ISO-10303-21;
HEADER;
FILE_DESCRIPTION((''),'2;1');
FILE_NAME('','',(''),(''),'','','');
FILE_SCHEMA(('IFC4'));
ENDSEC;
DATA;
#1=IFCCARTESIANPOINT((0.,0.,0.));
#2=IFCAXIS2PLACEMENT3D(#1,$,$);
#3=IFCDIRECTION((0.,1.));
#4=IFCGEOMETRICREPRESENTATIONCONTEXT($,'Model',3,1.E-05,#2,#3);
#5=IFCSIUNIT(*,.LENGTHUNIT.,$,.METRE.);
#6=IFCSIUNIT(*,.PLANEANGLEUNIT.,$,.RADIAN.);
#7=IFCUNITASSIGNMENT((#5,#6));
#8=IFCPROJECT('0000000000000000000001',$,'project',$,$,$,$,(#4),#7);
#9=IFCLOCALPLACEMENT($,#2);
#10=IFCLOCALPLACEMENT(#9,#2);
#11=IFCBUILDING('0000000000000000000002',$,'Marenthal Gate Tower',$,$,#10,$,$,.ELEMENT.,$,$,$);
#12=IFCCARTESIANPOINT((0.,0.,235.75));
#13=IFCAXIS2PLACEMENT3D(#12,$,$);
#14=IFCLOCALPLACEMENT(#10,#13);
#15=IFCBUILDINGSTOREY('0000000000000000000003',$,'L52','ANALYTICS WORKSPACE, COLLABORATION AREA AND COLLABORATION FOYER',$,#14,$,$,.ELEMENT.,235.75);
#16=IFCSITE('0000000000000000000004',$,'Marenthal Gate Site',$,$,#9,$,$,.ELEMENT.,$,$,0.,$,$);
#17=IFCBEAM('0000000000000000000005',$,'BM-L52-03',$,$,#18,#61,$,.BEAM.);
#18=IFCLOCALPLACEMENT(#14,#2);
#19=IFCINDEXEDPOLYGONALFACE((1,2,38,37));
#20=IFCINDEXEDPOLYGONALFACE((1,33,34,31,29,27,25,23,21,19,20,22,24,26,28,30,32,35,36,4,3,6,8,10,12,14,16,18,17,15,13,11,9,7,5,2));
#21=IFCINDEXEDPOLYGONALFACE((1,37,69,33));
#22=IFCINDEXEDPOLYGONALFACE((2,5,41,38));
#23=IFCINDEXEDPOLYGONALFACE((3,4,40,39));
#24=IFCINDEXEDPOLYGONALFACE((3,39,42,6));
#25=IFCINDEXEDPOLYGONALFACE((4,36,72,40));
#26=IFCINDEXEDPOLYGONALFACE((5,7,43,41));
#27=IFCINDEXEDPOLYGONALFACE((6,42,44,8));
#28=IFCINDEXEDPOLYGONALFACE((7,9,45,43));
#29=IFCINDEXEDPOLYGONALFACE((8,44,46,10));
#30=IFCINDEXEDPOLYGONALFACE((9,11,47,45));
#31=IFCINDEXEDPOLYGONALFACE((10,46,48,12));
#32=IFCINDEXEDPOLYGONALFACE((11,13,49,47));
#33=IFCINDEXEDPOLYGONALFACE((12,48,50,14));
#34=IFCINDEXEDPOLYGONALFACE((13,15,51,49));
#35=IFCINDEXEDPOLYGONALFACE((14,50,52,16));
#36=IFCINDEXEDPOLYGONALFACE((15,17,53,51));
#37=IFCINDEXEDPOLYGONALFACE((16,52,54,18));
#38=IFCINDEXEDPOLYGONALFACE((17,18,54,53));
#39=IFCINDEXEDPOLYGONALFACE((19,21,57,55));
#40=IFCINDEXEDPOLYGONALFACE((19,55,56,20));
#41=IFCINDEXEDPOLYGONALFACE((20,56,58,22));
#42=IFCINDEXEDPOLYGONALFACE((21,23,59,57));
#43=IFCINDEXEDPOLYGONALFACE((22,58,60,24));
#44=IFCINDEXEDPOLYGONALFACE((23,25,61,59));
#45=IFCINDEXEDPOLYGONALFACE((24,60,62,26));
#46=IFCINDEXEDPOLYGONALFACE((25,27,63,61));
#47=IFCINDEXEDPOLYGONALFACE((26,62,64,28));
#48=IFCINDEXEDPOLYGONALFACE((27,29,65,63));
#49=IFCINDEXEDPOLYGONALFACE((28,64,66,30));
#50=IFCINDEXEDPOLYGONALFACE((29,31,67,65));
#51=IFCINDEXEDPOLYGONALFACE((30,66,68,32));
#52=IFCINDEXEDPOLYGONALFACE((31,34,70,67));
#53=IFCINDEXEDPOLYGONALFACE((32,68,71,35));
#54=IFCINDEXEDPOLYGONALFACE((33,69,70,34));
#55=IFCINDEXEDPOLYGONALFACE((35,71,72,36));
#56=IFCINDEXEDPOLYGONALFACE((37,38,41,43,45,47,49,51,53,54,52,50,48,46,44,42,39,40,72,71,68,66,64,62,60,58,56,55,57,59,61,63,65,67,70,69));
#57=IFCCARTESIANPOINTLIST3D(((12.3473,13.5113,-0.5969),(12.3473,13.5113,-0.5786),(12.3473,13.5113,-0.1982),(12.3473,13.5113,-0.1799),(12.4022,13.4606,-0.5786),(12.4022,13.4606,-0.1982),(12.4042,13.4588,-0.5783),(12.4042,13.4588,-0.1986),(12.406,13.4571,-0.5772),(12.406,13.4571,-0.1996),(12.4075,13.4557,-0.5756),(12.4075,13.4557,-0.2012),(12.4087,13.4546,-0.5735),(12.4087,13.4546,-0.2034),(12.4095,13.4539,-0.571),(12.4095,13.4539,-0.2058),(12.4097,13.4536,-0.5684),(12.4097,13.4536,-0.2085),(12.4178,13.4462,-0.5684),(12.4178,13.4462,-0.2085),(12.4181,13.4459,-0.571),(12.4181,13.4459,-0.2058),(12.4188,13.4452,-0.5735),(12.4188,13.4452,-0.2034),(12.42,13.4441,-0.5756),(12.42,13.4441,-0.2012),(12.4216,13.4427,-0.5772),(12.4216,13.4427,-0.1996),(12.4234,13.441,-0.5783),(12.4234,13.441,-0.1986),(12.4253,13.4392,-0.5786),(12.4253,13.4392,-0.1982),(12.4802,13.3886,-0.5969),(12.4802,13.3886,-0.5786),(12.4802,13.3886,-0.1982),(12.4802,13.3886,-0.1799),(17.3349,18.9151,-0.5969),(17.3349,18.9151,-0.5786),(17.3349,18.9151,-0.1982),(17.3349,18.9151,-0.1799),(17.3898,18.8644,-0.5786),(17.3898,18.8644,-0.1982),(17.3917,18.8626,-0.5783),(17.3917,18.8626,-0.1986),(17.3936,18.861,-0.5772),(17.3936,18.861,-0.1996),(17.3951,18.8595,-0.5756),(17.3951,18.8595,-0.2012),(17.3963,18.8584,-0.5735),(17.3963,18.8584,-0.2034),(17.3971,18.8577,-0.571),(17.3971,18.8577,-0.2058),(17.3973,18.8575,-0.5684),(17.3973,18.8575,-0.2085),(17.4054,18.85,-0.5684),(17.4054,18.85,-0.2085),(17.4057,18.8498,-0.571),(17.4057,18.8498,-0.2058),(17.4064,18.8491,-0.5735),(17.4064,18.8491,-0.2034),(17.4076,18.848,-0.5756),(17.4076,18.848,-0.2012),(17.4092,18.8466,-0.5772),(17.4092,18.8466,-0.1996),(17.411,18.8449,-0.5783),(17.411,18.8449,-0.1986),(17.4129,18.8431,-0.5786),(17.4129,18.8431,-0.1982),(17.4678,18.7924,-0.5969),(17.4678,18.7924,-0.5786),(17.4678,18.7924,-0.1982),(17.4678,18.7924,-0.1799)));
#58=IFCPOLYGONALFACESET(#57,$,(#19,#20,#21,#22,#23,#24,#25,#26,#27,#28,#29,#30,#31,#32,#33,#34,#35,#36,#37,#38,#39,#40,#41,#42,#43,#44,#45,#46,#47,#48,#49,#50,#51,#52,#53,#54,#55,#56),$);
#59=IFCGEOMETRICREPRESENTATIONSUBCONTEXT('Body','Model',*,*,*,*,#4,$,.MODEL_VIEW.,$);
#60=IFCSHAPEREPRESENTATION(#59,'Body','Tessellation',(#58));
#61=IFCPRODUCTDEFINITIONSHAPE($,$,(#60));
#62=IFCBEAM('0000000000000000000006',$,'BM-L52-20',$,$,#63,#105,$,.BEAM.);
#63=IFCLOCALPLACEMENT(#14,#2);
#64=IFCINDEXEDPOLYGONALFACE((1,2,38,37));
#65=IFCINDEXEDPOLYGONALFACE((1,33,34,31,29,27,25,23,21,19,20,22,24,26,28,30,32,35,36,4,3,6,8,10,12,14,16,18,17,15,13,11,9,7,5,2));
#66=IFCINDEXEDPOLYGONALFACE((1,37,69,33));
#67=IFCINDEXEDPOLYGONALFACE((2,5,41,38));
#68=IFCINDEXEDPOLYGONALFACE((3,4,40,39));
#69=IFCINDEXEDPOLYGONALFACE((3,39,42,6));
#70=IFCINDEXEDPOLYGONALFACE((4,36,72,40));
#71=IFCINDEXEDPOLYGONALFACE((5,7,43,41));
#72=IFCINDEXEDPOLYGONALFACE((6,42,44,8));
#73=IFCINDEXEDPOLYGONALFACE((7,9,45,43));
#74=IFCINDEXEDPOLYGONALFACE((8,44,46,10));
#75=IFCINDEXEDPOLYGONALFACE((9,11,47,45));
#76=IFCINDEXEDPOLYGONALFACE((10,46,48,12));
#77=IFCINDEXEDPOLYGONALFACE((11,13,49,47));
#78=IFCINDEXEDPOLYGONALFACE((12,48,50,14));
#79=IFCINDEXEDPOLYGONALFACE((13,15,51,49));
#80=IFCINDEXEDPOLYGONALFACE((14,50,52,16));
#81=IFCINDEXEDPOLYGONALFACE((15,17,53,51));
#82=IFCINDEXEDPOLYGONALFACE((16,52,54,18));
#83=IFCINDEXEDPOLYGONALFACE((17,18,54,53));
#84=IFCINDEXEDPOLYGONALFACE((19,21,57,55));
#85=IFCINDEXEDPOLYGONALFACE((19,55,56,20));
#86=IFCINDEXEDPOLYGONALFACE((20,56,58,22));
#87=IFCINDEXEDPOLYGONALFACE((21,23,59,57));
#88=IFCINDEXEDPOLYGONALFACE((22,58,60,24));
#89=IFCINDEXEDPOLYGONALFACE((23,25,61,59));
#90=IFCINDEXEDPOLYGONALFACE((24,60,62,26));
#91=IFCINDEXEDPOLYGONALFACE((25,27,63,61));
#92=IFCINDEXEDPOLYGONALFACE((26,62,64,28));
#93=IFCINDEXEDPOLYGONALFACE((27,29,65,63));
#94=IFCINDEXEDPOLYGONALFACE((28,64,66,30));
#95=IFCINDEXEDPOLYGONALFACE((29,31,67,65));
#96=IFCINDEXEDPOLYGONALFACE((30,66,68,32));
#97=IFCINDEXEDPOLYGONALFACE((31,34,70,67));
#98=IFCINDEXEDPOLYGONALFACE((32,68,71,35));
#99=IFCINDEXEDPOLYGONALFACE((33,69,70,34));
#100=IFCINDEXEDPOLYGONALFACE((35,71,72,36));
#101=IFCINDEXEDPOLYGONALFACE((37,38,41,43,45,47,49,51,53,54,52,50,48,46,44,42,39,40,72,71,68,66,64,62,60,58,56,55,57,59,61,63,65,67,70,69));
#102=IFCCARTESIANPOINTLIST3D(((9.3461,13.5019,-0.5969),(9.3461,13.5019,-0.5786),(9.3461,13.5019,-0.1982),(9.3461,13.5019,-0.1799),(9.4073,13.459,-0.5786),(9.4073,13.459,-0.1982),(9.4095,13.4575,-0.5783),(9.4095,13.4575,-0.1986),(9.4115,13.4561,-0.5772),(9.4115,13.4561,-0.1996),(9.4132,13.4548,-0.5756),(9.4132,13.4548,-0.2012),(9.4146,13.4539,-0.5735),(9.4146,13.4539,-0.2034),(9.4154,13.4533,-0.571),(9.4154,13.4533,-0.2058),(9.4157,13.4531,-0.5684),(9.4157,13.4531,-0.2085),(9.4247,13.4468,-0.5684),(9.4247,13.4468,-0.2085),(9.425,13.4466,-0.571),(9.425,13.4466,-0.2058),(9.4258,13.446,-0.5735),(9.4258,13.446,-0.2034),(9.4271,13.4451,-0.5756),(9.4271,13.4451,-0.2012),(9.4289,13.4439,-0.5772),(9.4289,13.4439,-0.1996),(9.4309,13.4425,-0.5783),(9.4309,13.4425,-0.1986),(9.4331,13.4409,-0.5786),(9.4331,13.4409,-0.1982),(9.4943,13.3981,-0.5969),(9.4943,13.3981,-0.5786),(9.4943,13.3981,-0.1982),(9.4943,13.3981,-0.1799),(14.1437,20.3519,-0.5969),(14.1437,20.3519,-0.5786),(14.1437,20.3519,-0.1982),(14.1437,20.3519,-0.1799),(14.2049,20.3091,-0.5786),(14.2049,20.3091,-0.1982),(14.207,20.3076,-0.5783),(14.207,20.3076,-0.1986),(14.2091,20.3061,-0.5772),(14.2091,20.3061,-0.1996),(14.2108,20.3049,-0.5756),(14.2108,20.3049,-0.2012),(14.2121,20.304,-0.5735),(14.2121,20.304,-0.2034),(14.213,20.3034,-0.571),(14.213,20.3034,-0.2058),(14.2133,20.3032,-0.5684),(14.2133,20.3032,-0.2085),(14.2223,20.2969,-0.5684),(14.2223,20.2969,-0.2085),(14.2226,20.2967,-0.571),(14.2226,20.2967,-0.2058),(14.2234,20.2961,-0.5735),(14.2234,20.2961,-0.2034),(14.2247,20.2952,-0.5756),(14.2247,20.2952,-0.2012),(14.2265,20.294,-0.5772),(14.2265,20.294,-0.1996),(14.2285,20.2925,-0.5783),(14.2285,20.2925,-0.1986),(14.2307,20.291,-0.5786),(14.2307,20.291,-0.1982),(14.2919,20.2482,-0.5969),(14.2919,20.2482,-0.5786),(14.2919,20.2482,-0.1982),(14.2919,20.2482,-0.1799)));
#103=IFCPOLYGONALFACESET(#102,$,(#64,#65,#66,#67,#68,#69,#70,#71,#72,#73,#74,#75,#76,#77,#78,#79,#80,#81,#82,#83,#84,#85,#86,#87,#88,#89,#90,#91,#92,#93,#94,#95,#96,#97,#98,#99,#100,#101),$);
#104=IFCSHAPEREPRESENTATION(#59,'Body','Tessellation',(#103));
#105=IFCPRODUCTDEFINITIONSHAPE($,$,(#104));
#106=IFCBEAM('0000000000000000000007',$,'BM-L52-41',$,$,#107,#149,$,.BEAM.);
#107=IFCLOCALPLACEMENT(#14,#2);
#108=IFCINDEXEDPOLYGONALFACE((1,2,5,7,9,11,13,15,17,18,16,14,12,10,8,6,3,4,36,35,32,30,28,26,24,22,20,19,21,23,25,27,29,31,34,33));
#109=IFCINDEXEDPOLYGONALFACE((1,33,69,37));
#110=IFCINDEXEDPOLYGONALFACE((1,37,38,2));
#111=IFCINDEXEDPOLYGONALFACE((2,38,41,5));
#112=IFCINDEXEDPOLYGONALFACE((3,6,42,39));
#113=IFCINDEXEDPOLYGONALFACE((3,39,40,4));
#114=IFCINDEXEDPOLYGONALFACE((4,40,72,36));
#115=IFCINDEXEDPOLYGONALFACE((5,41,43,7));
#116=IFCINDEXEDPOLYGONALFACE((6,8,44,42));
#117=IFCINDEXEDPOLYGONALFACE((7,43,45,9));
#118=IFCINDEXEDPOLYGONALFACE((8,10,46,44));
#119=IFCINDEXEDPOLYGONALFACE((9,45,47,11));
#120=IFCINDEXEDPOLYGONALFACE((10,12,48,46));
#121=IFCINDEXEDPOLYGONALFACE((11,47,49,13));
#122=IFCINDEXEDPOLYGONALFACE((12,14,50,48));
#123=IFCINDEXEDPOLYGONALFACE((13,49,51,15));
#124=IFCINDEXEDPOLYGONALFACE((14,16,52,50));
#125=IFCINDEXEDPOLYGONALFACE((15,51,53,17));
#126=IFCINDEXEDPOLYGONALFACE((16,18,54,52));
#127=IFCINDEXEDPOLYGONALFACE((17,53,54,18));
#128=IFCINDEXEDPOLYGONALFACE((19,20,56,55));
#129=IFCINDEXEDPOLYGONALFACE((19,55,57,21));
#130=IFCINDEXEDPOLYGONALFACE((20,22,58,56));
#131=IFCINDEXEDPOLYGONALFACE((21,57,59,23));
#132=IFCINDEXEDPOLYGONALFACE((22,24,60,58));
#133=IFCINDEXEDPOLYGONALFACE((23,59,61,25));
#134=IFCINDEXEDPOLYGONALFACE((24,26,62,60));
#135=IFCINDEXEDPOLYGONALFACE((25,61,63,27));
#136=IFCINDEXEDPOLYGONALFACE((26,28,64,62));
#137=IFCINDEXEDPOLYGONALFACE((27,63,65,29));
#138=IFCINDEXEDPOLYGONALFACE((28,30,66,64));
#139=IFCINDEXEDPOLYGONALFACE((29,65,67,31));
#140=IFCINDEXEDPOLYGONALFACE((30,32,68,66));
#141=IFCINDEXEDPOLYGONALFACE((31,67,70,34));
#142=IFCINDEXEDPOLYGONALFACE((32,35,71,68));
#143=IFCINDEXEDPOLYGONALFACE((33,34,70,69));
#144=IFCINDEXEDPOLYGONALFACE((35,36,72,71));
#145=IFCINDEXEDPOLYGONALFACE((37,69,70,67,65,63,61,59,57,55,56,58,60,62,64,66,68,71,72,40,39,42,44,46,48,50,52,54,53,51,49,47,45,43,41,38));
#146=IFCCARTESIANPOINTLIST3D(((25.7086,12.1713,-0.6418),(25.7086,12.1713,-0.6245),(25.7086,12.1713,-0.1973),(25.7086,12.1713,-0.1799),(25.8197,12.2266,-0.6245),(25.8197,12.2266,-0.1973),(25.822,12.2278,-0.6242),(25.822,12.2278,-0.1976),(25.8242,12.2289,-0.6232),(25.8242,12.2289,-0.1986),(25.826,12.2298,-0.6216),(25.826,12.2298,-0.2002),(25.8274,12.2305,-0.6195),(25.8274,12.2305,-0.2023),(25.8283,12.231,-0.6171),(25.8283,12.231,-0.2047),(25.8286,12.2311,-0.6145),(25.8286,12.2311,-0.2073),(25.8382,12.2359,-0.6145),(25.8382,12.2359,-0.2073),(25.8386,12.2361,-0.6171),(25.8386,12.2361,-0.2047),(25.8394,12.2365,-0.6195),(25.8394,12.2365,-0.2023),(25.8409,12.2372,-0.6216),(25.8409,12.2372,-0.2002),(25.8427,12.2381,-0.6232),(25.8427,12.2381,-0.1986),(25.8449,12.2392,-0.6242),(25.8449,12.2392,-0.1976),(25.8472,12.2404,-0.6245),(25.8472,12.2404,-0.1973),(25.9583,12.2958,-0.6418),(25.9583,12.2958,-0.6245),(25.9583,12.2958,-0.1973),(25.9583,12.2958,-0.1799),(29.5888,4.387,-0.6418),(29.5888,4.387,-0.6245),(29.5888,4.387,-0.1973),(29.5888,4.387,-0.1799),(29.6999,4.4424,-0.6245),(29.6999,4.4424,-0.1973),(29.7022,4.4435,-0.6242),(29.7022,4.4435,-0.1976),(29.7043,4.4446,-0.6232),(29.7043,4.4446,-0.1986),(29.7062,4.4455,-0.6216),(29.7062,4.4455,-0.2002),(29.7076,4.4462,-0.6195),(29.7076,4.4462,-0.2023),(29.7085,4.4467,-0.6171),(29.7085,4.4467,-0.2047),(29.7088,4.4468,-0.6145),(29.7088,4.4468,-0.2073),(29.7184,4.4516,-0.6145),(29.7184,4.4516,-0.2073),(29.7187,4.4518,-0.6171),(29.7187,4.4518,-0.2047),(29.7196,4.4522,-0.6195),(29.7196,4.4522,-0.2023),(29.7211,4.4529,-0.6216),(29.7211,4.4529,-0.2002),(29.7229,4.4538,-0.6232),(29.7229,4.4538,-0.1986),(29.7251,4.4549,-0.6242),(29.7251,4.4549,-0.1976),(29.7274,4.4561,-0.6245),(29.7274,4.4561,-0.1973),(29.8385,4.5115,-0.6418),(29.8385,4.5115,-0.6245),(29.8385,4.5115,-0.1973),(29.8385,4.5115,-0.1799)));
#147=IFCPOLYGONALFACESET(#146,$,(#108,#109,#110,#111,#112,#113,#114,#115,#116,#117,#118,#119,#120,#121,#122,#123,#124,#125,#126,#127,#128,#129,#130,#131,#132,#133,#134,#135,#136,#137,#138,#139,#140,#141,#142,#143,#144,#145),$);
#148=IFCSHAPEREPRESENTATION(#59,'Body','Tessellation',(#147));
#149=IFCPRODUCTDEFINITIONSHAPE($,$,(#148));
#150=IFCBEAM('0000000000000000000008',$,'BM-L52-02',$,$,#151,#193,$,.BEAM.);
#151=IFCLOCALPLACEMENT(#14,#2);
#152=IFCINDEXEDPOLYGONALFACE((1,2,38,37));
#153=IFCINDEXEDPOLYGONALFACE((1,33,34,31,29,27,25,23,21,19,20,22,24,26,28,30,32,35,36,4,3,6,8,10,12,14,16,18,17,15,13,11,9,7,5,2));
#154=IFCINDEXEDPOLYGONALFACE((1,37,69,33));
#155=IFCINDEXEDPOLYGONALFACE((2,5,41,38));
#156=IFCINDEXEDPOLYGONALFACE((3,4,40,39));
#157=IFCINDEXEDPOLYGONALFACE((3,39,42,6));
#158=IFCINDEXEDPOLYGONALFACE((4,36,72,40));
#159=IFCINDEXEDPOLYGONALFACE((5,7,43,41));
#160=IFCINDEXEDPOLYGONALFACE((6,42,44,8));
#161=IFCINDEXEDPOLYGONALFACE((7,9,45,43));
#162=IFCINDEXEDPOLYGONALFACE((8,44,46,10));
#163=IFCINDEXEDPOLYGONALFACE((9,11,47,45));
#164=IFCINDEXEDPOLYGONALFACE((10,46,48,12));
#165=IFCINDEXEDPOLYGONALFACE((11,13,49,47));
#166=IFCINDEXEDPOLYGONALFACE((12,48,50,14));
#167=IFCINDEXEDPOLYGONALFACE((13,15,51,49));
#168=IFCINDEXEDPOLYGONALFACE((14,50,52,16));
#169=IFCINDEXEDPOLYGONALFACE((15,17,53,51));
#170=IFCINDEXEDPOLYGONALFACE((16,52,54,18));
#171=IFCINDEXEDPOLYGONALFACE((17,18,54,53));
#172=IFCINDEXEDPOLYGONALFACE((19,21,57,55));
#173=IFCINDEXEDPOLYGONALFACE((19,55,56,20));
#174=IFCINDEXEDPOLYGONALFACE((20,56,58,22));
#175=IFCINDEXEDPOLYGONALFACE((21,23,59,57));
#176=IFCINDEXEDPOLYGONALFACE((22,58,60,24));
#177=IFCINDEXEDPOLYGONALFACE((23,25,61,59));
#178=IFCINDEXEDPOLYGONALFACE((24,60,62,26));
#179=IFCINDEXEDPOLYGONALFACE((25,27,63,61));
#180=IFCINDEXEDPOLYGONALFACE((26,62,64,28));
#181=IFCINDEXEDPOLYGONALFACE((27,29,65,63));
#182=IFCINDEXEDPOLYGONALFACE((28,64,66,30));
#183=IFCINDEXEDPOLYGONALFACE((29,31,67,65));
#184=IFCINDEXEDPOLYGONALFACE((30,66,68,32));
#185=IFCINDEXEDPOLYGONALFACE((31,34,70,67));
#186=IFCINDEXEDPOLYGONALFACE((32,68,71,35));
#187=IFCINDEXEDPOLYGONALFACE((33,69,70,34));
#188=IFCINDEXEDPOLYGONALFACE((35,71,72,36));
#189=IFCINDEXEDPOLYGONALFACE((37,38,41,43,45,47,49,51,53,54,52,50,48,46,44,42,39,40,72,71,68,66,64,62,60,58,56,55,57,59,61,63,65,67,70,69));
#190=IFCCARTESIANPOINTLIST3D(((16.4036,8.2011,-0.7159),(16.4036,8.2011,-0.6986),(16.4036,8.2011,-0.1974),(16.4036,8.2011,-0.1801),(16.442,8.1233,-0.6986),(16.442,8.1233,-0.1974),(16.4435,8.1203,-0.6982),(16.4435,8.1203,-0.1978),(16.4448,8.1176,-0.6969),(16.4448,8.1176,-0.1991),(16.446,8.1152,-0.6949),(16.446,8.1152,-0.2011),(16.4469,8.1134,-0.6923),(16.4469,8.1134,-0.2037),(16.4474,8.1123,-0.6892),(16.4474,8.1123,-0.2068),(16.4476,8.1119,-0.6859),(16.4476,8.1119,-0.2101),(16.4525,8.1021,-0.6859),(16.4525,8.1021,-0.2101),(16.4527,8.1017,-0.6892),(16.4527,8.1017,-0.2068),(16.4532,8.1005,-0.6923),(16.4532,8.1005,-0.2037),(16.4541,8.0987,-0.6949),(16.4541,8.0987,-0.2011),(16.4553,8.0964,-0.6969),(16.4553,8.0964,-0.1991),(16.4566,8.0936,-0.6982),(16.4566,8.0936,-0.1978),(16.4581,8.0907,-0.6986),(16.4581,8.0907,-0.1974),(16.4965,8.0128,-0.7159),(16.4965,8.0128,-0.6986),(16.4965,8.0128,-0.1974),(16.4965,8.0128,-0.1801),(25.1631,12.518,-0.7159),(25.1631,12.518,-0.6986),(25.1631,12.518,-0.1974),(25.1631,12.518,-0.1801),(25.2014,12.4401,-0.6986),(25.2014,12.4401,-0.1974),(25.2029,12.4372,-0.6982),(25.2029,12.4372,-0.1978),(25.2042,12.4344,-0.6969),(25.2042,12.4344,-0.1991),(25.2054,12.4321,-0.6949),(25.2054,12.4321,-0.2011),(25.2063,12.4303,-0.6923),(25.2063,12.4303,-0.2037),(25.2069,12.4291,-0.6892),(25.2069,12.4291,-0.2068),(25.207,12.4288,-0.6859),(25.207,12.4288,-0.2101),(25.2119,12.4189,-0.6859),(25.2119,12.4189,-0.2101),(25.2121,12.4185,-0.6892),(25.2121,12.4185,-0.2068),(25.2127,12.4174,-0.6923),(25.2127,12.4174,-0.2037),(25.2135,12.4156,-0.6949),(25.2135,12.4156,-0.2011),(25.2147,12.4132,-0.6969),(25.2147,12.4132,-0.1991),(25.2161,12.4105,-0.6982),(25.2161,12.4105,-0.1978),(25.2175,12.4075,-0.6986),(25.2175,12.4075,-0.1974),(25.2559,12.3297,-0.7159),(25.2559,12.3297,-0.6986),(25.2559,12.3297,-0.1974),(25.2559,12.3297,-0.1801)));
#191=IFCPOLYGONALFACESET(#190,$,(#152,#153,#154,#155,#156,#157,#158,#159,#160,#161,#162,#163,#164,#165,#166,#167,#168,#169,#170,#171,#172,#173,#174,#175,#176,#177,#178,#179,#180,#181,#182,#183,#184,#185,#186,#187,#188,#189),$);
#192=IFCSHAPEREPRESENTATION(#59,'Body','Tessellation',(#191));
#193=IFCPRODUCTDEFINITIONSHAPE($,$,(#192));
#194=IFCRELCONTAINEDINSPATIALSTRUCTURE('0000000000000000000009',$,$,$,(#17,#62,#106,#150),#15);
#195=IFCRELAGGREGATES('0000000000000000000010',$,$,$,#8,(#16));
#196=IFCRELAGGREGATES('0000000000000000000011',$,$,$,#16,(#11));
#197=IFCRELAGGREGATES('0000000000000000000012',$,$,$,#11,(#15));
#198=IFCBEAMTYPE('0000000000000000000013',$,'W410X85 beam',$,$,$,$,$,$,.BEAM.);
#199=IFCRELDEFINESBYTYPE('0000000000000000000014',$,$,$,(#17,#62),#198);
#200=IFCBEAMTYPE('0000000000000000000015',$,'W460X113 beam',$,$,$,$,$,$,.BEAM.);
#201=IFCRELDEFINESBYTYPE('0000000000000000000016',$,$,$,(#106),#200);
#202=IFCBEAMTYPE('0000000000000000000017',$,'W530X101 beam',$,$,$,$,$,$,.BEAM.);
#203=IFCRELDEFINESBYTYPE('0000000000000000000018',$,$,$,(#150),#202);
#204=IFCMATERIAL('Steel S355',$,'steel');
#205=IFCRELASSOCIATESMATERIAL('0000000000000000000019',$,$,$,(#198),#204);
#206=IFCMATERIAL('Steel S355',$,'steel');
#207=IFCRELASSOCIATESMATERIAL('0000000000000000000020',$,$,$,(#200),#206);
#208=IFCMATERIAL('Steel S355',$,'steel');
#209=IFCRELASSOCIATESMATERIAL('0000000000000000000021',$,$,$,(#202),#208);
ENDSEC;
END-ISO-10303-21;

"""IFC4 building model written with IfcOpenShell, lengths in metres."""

from ifc_helpers import new_model, si_unit, direction, frame, origin, origin_2d, place, context, subcontext, project, spatial, i_section, extrude, material, material_profile, profile_set, type_object, element, save


model = new_model("IFC4")

# Units and contexts
model_context = context("Model", 3, precision=1e-05, world=origin(), true_north=direction((0.0, 1.0)))
body_context = subcontext(model_context, "Body", "Model", "MODEL_VIEW")
ifc_project = project(units=[si_unit("LENGTHUNIT", "METRE"), si_unit("PLANEANGLEUNIT", "RADIAN")], contexts=[model_context])

# Site, building, storey
site_placement = place(None, origin())
site = spatial("IfcSite", under=ifc_project, at=site_placement, Name="Marenthal Gate Site", CompositionType="ELEMENT", RefElevation=0.0)
building_placement = place(site_placement, origin())
building = spatial("IfcBuilding", under=site, at=building_placement, Name="Marenthal Gate Tower", CompositionType="ELEMENT")
storey_placement = place(building_placement, frame((0.0, 0.0, 235.75)))
storey = spatial("IfcBuildingStorey", under=building, at=storey_placement, Name="L52", Description="ANALYTICS WORKSPACE, COLLABORATION AREA AND COLLABORATION FOYER", CompositionType="ELEMENT", Elevation=235.75)

# Beams
ifc_material_1 = material(Name="Steel S355", Category="steel")
ifc_material_profile_1 = material_profile(ifc_material_1, i_section(OverallWidth=0.1809, OverallDepth=0.417, WebThickness=0.011, FlangeThickness=0.0183, FilletRadius=0.0103, at=origin_2d()), Name="W410X85")
ifc_profile_set_1 = profile_set([ifc_material_profile_1], Name="Steel S355")
beam_type_1 = type_object("IfcBeamType", Name="W410X85 beam", PredefinedType="BEAM", material=ifc_profile_set_1)
beam_1_placement = place(storey_placement, frame((17.4014, 18.8538, -0.3884), z_axis=(-0.678237, -0.734843, 0.0), x_axis=(0.734843, -0.678237, 0.0)))
element("IfcBeam", 1, at=beam_1_placement, inside=storey, type_object=beam_type_1, Name="BM-L52-03", PredefinedType="BEAM", context=body_context, shape_type="SweptSolid", body=[
    extrude(i_section(OverallWidth=0.1809, OverallDepth=0.417, WebThickness=0.011, FlangeThickness=0.0183, FilletRadius=0.0103, at=origin_2d()), origin(), (0.0, 0.0, 1.0), 7.3538),
])
beam_2_placement = place(storey_placement, frame((14.2178, 20.3, -0.3884), z_axis=(-0.573666, -0.819089, 0.0), x_axis=(0.819089, -0.573666, 0.0)))
element("IfcBeam", 2, at=beam_2_placement, inside=storey, type_object=beam_type_1, Name="BM-L52-20", PredefinedType="BEAM", context=body_context, shape_type="SweptSolid", body=[
    extrude(i_section(OverallWidth=0.1809, OverallDepth=0.417, WebThickness=0.011, FlangeThickness=0.0183, FilletRadius=0.0103, at=origin_2d()), origin(), (0.0, 0.0, 1.0), 8.363),
])
ifc_material_2 = material(Name="Steel S355", Category="steel")
ifc_material_profile_2 = material_profile(ifc_material_2, i_section(OverallWidth=0.2791, OverallDepth=0.4619, WebThickness=0.0107, FlangeThickness=0.0173, FilletRadius=0.01, at=origin_2d()), Name="W460X113")
ifc_profile_set_2 = profile_set([ifc_material_profile_2], Name="Steel S355")
beam_type_2 = type_object("IfcBeamType", Name="W460X113 beam", PredefinedType="BEAM", material=ifc_profile_set_2)
beam_3_placement = place(storey_placement, frame((29.7136, 4.4492, -0.4109), z_axis=(-0.446113, 0.894977, 0.0), x_axis=(-0.894977, -0.446113, 0.0)))
element("IfcBeam", 3, at=beam_3_placement, inside=storey, type_object=beam_type_2, Name="BM-L52-41", PredefinedType="BEAM", context=body_context, shape_type="SweptSolid", body=[
    extrude(i_section(OverallWidth=0.2791, OverallDepth=0.4619, WebThickness=0.0107, FlangeThickness=0.0173, FilletRadius=0.01, at=origin_2d()), origin(), (0.0, 0.0, 1.0), 8.6978),
])
ifc_material_3 = material(Name="Steel S355", Category="steel")
ifc_material_profile_3 = material_profile(ifc_material_3, i_section(OverallWidth=0.21, OverallDepth=0.5359, WebThickness=0.011, FlangeThickness=0.0173, FilletRadius=0.0127, at=origin_2d()), Name="W530X101")
ifc_profile_set_3 = profile_set([ifc_material_profile_3], Name="Steel S355")
beam_type_3 = type_object("IfcBeamType", Name="W530X101 beam", PredefinedType="BEAM", material=ifc_profile_set_3)
beam_4_placement = place(storey_placement, frame((25.2095, 12.4238, -0.448), z_axis=(-0.896987, -0.442056, 0.0), x_axis=(0.442056, -0.896987, 0.0)))
element("IfcBeam", 4, at=beam_4_placement, inside=storey, type_object=beam_type_3, Name="BM-L52-02", PredefinedType="BEAM", context=body_context, shape_type="SweptSolid", body=[
    extrude(i_section(OverallWidth=0.21, OverallDepth=0.5359, WebThickness=0.011, FlangeThickness=0.0173, FilletRadius=0.0127, at=origin_2d()), origin(), (0.0, 0.0, 1.0), 9.7654),
])

save(model, "model.ifc")
